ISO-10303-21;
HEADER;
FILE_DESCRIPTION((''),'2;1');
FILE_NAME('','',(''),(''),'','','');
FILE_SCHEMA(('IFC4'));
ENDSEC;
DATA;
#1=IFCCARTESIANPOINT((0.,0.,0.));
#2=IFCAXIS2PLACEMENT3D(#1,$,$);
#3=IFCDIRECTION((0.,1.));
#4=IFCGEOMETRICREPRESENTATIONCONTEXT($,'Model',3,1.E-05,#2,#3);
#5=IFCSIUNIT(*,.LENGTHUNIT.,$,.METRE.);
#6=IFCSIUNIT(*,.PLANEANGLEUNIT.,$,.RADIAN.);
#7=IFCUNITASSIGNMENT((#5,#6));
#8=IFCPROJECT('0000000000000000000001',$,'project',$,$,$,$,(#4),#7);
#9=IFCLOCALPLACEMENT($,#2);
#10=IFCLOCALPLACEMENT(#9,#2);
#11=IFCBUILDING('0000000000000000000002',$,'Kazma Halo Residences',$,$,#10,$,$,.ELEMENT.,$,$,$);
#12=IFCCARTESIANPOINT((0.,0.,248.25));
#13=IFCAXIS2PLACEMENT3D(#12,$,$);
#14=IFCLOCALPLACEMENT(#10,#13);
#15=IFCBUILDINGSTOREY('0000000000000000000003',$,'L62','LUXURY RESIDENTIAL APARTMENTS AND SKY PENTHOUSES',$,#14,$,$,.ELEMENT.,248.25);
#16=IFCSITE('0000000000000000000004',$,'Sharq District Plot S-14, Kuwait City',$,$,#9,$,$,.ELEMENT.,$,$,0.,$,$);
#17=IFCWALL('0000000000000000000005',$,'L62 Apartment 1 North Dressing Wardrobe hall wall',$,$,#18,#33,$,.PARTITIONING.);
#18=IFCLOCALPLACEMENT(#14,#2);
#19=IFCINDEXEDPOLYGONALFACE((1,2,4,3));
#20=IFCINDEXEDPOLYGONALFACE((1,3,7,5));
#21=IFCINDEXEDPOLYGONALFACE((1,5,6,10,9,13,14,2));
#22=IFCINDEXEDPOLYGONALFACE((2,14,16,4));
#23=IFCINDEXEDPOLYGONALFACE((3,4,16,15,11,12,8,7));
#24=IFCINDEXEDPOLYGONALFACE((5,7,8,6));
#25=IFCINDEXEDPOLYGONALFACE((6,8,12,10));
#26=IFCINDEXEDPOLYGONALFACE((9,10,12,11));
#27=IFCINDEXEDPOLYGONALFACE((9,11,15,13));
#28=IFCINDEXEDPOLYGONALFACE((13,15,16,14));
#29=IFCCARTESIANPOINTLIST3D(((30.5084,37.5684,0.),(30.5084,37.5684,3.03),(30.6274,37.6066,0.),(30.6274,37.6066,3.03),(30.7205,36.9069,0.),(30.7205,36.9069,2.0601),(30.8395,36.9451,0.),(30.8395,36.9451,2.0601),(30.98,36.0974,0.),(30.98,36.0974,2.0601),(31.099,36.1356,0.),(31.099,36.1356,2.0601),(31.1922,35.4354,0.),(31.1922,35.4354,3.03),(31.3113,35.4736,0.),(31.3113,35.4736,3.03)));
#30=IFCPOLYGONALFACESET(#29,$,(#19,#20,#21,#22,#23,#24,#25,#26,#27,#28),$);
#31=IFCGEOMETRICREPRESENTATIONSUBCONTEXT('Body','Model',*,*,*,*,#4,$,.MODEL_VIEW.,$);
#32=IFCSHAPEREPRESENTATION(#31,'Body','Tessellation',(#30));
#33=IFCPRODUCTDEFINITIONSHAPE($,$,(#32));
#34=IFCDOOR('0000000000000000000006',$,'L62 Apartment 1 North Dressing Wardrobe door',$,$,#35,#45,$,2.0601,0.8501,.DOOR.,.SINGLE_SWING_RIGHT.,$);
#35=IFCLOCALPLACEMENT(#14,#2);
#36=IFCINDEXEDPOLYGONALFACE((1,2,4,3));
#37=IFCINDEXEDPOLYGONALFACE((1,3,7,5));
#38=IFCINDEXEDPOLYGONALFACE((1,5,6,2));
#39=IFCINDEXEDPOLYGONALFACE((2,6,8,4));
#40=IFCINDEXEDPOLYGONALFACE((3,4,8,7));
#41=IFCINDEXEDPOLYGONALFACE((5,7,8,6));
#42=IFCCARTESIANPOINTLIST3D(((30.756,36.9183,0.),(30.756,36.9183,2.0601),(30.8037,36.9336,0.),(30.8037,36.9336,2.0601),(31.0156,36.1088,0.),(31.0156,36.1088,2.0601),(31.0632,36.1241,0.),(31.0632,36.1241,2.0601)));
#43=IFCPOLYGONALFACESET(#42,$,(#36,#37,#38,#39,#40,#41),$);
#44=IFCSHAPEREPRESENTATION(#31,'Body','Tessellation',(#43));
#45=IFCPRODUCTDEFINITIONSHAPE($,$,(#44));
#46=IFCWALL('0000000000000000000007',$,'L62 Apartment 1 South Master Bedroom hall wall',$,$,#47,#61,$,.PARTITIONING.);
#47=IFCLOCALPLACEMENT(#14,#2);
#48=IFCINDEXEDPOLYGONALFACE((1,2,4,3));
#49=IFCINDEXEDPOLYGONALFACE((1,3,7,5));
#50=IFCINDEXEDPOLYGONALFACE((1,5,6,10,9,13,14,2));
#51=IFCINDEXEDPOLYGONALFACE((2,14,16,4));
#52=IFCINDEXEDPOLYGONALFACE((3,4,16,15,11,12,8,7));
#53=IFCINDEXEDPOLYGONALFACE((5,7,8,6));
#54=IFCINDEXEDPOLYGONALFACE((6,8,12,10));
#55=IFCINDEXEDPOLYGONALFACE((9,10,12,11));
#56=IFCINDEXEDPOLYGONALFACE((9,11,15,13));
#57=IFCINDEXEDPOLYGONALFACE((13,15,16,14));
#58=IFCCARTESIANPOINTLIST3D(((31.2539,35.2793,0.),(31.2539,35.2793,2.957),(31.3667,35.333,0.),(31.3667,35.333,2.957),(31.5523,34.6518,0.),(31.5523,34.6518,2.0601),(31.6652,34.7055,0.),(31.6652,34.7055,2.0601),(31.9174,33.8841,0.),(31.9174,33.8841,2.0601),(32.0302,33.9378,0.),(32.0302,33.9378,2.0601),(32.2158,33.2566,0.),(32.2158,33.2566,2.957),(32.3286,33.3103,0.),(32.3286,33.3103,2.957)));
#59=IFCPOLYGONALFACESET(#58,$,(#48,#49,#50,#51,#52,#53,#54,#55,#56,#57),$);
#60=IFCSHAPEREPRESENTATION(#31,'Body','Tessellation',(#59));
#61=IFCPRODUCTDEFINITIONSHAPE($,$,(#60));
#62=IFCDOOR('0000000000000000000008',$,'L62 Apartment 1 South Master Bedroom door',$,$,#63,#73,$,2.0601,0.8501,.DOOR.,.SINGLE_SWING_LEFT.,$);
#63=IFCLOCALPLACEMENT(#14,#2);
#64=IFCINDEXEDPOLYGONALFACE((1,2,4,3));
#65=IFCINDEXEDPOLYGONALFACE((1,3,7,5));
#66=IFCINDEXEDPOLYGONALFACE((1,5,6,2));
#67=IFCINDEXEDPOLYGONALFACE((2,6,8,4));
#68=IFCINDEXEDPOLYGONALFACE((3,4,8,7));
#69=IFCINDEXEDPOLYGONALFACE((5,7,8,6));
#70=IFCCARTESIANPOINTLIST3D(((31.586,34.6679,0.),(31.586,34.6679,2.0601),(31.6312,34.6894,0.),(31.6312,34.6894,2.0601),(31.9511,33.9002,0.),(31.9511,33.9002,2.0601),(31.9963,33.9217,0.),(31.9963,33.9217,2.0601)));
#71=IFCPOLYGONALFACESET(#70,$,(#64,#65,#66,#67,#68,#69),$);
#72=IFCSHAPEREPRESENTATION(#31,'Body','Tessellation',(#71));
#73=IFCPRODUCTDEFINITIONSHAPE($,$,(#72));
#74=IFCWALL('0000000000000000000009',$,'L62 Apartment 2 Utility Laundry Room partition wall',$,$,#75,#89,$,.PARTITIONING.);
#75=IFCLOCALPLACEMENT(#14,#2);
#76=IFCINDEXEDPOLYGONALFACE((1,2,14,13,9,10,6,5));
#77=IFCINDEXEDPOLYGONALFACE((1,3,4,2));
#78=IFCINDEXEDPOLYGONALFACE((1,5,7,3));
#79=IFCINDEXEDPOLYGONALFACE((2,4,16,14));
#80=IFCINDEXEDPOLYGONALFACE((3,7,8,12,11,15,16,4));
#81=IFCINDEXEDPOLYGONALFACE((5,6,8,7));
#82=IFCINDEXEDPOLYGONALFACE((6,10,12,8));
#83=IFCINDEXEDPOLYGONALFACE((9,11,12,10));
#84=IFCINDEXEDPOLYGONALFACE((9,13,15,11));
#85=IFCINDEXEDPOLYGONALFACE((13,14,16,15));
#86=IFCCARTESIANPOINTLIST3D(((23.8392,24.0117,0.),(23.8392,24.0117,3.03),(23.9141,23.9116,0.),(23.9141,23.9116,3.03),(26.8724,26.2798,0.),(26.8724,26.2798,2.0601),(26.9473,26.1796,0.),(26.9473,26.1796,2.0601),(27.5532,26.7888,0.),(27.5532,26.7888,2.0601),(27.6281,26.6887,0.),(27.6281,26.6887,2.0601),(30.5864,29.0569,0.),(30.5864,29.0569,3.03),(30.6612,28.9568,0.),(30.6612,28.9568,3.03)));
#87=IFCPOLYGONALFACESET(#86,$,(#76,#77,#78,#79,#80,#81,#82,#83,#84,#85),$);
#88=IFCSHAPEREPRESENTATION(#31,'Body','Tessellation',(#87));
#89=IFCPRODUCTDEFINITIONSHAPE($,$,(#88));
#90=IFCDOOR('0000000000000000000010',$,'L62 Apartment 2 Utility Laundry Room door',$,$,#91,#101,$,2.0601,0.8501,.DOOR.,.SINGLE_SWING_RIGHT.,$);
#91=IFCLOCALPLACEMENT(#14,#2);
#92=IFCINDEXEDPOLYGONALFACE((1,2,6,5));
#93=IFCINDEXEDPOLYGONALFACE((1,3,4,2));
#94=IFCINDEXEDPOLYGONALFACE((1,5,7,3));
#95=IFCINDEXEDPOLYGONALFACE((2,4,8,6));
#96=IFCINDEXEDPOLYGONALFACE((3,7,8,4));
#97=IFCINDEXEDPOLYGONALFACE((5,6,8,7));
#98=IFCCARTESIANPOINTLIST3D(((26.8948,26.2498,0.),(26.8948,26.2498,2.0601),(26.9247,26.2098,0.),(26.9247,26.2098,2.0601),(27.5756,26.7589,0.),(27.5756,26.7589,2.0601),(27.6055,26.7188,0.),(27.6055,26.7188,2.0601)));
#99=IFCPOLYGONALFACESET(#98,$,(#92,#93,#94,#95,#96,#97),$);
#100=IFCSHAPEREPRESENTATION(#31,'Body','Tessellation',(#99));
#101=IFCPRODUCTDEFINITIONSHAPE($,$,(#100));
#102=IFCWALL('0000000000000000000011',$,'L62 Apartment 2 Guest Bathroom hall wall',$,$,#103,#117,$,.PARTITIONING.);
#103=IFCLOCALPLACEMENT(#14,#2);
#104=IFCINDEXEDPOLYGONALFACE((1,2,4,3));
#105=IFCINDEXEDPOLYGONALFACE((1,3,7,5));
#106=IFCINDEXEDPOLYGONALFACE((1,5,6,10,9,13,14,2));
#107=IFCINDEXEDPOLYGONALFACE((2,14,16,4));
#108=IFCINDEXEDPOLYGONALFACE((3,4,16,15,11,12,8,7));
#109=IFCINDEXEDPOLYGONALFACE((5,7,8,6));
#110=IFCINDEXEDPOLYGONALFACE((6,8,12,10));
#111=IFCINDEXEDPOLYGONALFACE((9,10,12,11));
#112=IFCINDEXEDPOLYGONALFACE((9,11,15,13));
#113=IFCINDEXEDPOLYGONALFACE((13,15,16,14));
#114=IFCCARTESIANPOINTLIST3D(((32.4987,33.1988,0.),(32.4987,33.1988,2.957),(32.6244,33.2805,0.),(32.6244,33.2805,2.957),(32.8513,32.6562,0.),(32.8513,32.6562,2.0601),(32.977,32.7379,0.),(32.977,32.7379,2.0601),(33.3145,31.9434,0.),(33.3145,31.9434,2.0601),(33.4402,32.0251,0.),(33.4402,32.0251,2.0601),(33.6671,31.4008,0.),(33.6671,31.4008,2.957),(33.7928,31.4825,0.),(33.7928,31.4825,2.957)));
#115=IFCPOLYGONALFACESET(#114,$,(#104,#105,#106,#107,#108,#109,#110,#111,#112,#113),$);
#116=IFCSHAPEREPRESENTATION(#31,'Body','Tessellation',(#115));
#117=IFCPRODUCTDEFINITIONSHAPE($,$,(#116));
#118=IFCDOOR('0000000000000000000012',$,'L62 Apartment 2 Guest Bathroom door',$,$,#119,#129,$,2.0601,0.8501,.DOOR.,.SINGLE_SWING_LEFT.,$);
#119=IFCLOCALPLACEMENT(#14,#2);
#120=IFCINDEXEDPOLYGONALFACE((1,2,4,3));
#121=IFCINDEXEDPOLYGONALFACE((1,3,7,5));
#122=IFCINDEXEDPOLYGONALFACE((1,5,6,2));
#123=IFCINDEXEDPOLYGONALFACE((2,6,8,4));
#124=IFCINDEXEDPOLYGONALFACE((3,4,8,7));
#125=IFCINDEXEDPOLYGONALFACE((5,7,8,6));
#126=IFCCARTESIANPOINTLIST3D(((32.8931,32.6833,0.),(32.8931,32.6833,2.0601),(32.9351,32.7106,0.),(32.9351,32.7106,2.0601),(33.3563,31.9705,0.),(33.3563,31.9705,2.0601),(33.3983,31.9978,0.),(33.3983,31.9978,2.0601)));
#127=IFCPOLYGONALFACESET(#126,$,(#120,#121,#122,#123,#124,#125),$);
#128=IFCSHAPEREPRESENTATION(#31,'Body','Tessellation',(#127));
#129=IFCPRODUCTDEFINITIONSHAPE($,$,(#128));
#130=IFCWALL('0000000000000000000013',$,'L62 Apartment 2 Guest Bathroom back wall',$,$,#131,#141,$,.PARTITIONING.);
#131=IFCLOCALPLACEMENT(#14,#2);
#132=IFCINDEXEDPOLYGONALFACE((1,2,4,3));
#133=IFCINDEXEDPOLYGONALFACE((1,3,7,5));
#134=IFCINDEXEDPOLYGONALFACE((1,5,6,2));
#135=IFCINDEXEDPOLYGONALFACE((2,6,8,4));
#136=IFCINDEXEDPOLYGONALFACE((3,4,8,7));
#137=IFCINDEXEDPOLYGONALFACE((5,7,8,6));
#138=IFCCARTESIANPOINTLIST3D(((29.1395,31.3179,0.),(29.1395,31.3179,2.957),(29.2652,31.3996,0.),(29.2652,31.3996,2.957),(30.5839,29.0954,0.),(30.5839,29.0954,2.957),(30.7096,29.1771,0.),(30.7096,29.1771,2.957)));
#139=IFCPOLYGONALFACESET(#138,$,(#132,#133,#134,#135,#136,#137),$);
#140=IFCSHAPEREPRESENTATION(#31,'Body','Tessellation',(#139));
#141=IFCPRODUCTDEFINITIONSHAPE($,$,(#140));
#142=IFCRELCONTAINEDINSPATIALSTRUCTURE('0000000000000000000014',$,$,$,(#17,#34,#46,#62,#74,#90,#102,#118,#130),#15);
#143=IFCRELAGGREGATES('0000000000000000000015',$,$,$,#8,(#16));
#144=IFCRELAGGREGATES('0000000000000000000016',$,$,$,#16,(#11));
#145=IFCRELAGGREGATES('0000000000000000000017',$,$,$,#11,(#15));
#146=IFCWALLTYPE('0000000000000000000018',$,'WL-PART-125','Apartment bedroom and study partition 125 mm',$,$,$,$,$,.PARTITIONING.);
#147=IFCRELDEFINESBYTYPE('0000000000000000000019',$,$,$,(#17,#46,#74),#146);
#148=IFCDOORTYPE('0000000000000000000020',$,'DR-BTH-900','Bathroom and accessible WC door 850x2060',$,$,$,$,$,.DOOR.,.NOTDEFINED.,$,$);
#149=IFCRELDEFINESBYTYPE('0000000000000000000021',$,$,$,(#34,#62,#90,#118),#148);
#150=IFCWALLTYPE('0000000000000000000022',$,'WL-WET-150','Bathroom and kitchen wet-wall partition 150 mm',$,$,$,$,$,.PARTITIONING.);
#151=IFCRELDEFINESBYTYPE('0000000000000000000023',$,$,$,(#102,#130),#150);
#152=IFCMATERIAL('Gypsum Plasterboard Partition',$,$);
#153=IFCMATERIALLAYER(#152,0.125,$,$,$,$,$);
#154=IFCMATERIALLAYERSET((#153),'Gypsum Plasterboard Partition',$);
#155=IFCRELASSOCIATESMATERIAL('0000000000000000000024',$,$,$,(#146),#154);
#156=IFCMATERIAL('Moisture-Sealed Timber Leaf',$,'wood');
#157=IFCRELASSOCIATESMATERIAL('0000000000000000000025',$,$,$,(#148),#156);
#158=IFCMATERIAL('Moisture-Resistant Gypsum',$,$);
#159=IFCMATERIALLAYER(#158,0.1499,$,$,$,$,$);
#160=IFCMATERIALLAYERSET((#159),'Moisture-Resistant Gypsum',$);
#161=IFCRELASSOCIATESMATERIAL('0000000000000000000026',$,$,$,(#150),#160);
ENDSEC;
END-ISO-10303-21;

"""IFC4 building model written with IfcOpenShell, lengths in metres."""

from ifc_helpers import new_model, si_unit, direction, frame, frame_2d, origin, place, context, subcontext, project, spatial, rectangle, extrude, material, layer, layer_set, type_object, element, fill, save


model = new_model("IFC4")

# Units and contexts
model_context = context("Model", 3, precision=1e-05, world=origin(), true_north=direction((0.0, 1.0)))
body_context = subcontext(model_context, "Body", "Model", "MODEL_VIEW")
ifc_project = project(units=[si_unit("LENGTHUNIT", "METRE"), si_unit("PLANEANGLEUNIT", "RADIAN")], contexts=[model_context])

# Site, building, storey
site_placement = place(None, origin())
site = spatial("IfcSite", under=ifc_project, at=site_placement, Name="Sharq District Plot S-14, Kuwait City", CompositionType="ELEMENT", RefElevation=0.0)
building_placement = place(site_placement, origin())
building = spatial("IfcBuilding", under=site, at=building_placement, Name="Kazma Halo Residences", CompositionType="ELEMENT")
storey_placement = place(building_placement, frame((0.0, 0.0, 248.25)))
storey = spatial("IfcBuildingStorey", under=building, at=storey_placement, Name="L62", Description="LUXURY RESIDENTIAL APARTMENTS AND SKY PENTHOUSES", CompositionType="ELEMENT", Elevation=248.25)

# Shared definitions
ifc_material_1 = material(Name="Gypsum Plasterboard Partition")
ifc_layer_1 = layer(ifc_material_1, 0.125)
ifc_layer_set_1 = layer_set([ifc_layer_1], Name="Gypsum Plasterboard Partition")
wall_type_1 = type_object("IfcWallType", Name="WL-PART-125", Description="Apartment bedroom and study partition 125 mm", PredefinedType="PARTITIONING", material=ifc_layer_set_1)

# Walls, openings, doors
ifc_material_2 = material(Name="Moisture-Sealed Timber Leaf", Category="wood")
door_type = type_object("IfcDoorType", Name="DR-BTH-900", Description="Bathroom and accessible WC door 850x2060", OperationType="NOTDEFINED", PredefinedType="DOOR", material=ifc_material_2)
wall_1_placement = place(storey_placement, frame((30.5679, 37.5876, 0.0), z_axis=(0.0, 0.0, 1.0), x_axis=(0.305286, -0.952261, 0.0)))
wall_1 = element("IfcWall", 1, at=wall_1_placement, inside=storey, type_object=wall_type_1, Name="L62 Apartment 1 North Dressing Wardrobe hall wall", PredefinedType="PARTITIONING", context=body_context, shape_type="SweptSolid", body=[
    extrude(rectangle(XDim=2.24, YDim=0.125, at=frame_2d((1.1201, 0.0))), origin(), (0.0, 0.0, 1.0), 3.03),
])
opening_1_placement = place(wall_1_placement, frame((0.6948, 0.0, 0.0)))
opening_1 = element("IfcOpeningElement", 2, at=opening_1_placement, cuts=wall_1, PredefinedType="OPENING", context=body_context, shape_type="SweptSolid", body=[
    extrude(rectangle(XDim=0.8501, YDim=2.0601, at=frame_2d((0.425, 1.03))), frame((0.0, 0.0725, 0.0), z_axis=(0.0, -1.0, 0.0), x_axis=(1.0, 0.0, 0.0)), (0.0, 0.0, 1.0), 0.145),
])
door_1_placement = place(opening_1_placement, origin())
door_1 = element("IfcDoor", 3, at=door_1_placement, inside=storey, type_object=door_type, Name="L62 Apartment 1 North Dressing Wardrobe door", OperationType="SINGLE_SWING_RIGHT", OverallHeight=2.0601, OverallWidth=0.8501, PredefinedType="DOOR", context=body_context, shape_type="SweptSolid", body=[
    extrude(rectangle(XDim=0.8501, YDim=2.0601, at=frame_2d((0.425, 1.03))), frame((0.0, 0.0249, 0.0), z_axis=(0.0, -1.0, 0.0), x_axis=(1.0, 0.0, 0.0)), (0.0, 0.0, 1.0), 0.05),
])
fill(opening_1, door_1)
wall_2_placement = place(storey_placement, frame((31.3103, 35.3062, 0.0), z_axis=(0.0, 0.0, 1.0), x_axis=(0.429468, -0.903082, 0.0)))
wall_2 = element("IfcWall", 4, at=wall_2_placement, inside=storey, type_object=wall_type_1, Name="L62 Apartment 1 South Master Bedroom hall wall", PredefinedType="PARTITIONING", context=body_context, shape_type="SweptSolid", body=[
    extrude(rectangle(XDim=2.2397, YDim=0.125, at=frame_2d((1.1199, 0.0))), origin(), (0.0, 0.0, 1.0), 2.957),
])
opening_2_placement = place(wall_2_placement, frame((0.6948, 0.0, 0.0)))
opening_2 = element("IfcOpeningElement", 5, at=opening_2_placement, cuts=wall_2, PredefinedType="OPENING", context=body_context, shape_type="SweptSolid", body=[
    extrude(rectangle(XDim=0.8501, YDim=2.0601, at=frame_2d((0.425, 1.03))), frame((0.0, 0.0725, 0.0), z_axis=(0.0, -1.0, 0.0), x_axis=(1.0, 0.0, 0.0)), (0.0, 0.0, 1.0), 0.145),
])
door_2_placement = place(opening_2_placement, origin())
door_2 = element("IfcDoor", 6, at=door_2_placement, inside=storey, type_object=door_type, Name="L62 Apartment 1 South Master Bedroom door", OperationType="SINGLE_SWING_LEFT", OverallHeight=2.0601, OverallWidth=0.8501, PredefinedType="DOOR", context=body_context, shape_type="SweptSolid", body=[
    extrude(rectangle(XDim=0.8501, YDim=2.0601, at=frame_2d((0.425, 1.03))), frame((0.0, 0.0249, 0.0), z_axis=(0.0, -1.0, 0.0), x_axis=(1.0, 0.0, 0.0)), (0.0, 0.0, 1.0), 0.05),
])
fill(opening_2, door_2)
wall_3_placement = place(storey_placement, frame((30.6238, 29.0068, 0.0), z_axis=(0.0, 0.0, 1.0), x_axis=(-0.800862, -0.598849, 0.0)))
wall_3 = element("IfcWall", 7, at=wall_3_placement, inside=storey, type_object=wall_type_1, Name="L62 Apartment 2 Utility Laundry Room partition wall", PredefinedType="PARTITIONING", context=body_context, shape_type="SweptSolid", body=[
    extrude(rectangle(XDim=8.4248, YDim=0.125, at=frame_2d((4.2124, 0.0))), origin(), (0.0, 0.0, 1.0), 3.03),
])
opening_3_placement = place(wall_3_placement, frame((3.7874, 0.0, 0.0)))
opening_3 = element("IfcOpeningElement", 8, at=opening_3_placement, cuts=wall_3, PredefinedType="OPENING", context=body_context, shape_type="SweptSolid", body=[
    extrude(rectangle(XDim=0.8501, YDim=2.0601, at=frame_2d((0.425, 1.03))), frame((0.0, 0.0725, 0.0), z_axis=(0.0, -1.0, 0.0), x_axis=(1.0, 0.0, 0.0)), (0.0, 0.0, 1.0), 0.145),
])
door_3_placement = place(opening_3_placement, origin())
door_3 = element("IfcDoor", 9, at=door_3_placement, inside=storey, type_object=door_type, Name="L62 Apartment 2 Utility Laundry Room door", OperationType="SINGLE_SWING_RIGHT", OverallHeight=2.0601, OverallWidth=0.8501, PredefinedType="DOOR", context=body_context, shape_type="SweptSolid", body=[
    extrude(rectangle(XDim=0.8501, YDim=2.0601, at=frame_2d((0.425, 1.03))), frame((0.0, 0.0249, 0.0), z_axis=(0.0, -1.0, 0.0), x_axis=(1.0, 0.0, 0.0)), (0.0, 0.0, 1.0), 0.05),
])
fill(opening_3, door_3)
ifc_material_3 = material(Name="Moisture-Resistant Gypsum")
ifc_layer_2 = layer(ifc_material_3, 0.1499)
ifc_layer_set_2 = layer_set([ifc_layer_2], Name="Moisture-Resistant Gypsum")
wall_type_2 = type_object("IfcWallType", Name="WL-WET-150", Description="Bathroom and kitchen wet-wall partition 150 mm", PredefinedType="PARTITIONING", material=ifc_layer_set_2)
wall_4_placement = place(storey_placement, frame((32.5615, 33.2397, 0.0), z_axis=(0.0, 0.0, 1.0), x_axis=(0.544888, -0.838509, 0.0)))
wall_4 = element("IfcWall", 10, at=wall_4_placement, inside=storey, type_object=wall_type_2, Name="L62 Apartment 2 Guest Bathroom hall wall", PredefinedType="PARTITIONING", context=body_context, shape_type="SweptSolid", body=[
    extrude(rectangle(XDim=2.1443, YDim=0.1499, at=frame_2d((1.0723, 0.0))), origin(), (0.0, 0.0, 1.0), 2.957),
])
opening_4_placement = place(wall_4_placement, frame((0.6472, 0.0, 0.0)))
opening_4 = element("IfcOpeningElement", 11, at=opening_4_placement, cuts=wall_4, PredefinedType="OPENING", context=body_context, shape_type="SweptSolid", body=[
    extrude(rectangle(XDim=0.8501, YDim=2.0601, at=frame_2d((0.425, 1.03))), frame((0.0, 0.085, 0.0), z_axis=(0.0, -1.0, 0.0), x_axis=(1.0, 0.0, 0.0)), (0.0, 0.0, 1.0), 0.1699),
])
door_4_placement = place(opening_4_placement, origin())
door_4 = element("IfcDoor", 12, at=door_4_placement, inside=storey, type_object=door_type, Name="L62 Apartment 2 Guest Bathroom door", OperationType="SINGLE_SWING_LEFT", OverallHeight=2.0601, OverallWidth=0.8501, PredefinedType="DOOR", context=body_context, shape_type="SweptSolid", body=[
    extrude(rectangle(XDim=0.8501, YDim=2.0601, at=frame_2d((0.425, 1.03))), frame((0.0, 0.0249, 0.0), z_axis=(0.0, -1.0, 0.0), x_axis=(1.0, 0.0, 0.0)), (0.0, 0.0, 1.0), 0.05),
])
fill(opening_4, door_4)

# Wall
wall_5_placement = place(storey_placement, frame((29.2024, 31.3586, 0.0), z_axis=(0.0, 0.0, 1.0), x_axis=(0.544927, -0.838484, 0.0)))
element("IfcWall", 13, at=wall_5_placement, inside=storey, type_object=wall_type_2, Name="L62 Apartment 2 Guest Bathroom back wall", PredefinedType="PARTITIONING", context=body_context, shape_type="SweptSolid", body=[
    extrude(rectangle(XDim=2.6506, YDim=0.1499, at=frame_2d((1.3252, 0.0))), origin(), (0.0, 0.0, 1.0), 2.957),
])

save(model, "model.ifc")
